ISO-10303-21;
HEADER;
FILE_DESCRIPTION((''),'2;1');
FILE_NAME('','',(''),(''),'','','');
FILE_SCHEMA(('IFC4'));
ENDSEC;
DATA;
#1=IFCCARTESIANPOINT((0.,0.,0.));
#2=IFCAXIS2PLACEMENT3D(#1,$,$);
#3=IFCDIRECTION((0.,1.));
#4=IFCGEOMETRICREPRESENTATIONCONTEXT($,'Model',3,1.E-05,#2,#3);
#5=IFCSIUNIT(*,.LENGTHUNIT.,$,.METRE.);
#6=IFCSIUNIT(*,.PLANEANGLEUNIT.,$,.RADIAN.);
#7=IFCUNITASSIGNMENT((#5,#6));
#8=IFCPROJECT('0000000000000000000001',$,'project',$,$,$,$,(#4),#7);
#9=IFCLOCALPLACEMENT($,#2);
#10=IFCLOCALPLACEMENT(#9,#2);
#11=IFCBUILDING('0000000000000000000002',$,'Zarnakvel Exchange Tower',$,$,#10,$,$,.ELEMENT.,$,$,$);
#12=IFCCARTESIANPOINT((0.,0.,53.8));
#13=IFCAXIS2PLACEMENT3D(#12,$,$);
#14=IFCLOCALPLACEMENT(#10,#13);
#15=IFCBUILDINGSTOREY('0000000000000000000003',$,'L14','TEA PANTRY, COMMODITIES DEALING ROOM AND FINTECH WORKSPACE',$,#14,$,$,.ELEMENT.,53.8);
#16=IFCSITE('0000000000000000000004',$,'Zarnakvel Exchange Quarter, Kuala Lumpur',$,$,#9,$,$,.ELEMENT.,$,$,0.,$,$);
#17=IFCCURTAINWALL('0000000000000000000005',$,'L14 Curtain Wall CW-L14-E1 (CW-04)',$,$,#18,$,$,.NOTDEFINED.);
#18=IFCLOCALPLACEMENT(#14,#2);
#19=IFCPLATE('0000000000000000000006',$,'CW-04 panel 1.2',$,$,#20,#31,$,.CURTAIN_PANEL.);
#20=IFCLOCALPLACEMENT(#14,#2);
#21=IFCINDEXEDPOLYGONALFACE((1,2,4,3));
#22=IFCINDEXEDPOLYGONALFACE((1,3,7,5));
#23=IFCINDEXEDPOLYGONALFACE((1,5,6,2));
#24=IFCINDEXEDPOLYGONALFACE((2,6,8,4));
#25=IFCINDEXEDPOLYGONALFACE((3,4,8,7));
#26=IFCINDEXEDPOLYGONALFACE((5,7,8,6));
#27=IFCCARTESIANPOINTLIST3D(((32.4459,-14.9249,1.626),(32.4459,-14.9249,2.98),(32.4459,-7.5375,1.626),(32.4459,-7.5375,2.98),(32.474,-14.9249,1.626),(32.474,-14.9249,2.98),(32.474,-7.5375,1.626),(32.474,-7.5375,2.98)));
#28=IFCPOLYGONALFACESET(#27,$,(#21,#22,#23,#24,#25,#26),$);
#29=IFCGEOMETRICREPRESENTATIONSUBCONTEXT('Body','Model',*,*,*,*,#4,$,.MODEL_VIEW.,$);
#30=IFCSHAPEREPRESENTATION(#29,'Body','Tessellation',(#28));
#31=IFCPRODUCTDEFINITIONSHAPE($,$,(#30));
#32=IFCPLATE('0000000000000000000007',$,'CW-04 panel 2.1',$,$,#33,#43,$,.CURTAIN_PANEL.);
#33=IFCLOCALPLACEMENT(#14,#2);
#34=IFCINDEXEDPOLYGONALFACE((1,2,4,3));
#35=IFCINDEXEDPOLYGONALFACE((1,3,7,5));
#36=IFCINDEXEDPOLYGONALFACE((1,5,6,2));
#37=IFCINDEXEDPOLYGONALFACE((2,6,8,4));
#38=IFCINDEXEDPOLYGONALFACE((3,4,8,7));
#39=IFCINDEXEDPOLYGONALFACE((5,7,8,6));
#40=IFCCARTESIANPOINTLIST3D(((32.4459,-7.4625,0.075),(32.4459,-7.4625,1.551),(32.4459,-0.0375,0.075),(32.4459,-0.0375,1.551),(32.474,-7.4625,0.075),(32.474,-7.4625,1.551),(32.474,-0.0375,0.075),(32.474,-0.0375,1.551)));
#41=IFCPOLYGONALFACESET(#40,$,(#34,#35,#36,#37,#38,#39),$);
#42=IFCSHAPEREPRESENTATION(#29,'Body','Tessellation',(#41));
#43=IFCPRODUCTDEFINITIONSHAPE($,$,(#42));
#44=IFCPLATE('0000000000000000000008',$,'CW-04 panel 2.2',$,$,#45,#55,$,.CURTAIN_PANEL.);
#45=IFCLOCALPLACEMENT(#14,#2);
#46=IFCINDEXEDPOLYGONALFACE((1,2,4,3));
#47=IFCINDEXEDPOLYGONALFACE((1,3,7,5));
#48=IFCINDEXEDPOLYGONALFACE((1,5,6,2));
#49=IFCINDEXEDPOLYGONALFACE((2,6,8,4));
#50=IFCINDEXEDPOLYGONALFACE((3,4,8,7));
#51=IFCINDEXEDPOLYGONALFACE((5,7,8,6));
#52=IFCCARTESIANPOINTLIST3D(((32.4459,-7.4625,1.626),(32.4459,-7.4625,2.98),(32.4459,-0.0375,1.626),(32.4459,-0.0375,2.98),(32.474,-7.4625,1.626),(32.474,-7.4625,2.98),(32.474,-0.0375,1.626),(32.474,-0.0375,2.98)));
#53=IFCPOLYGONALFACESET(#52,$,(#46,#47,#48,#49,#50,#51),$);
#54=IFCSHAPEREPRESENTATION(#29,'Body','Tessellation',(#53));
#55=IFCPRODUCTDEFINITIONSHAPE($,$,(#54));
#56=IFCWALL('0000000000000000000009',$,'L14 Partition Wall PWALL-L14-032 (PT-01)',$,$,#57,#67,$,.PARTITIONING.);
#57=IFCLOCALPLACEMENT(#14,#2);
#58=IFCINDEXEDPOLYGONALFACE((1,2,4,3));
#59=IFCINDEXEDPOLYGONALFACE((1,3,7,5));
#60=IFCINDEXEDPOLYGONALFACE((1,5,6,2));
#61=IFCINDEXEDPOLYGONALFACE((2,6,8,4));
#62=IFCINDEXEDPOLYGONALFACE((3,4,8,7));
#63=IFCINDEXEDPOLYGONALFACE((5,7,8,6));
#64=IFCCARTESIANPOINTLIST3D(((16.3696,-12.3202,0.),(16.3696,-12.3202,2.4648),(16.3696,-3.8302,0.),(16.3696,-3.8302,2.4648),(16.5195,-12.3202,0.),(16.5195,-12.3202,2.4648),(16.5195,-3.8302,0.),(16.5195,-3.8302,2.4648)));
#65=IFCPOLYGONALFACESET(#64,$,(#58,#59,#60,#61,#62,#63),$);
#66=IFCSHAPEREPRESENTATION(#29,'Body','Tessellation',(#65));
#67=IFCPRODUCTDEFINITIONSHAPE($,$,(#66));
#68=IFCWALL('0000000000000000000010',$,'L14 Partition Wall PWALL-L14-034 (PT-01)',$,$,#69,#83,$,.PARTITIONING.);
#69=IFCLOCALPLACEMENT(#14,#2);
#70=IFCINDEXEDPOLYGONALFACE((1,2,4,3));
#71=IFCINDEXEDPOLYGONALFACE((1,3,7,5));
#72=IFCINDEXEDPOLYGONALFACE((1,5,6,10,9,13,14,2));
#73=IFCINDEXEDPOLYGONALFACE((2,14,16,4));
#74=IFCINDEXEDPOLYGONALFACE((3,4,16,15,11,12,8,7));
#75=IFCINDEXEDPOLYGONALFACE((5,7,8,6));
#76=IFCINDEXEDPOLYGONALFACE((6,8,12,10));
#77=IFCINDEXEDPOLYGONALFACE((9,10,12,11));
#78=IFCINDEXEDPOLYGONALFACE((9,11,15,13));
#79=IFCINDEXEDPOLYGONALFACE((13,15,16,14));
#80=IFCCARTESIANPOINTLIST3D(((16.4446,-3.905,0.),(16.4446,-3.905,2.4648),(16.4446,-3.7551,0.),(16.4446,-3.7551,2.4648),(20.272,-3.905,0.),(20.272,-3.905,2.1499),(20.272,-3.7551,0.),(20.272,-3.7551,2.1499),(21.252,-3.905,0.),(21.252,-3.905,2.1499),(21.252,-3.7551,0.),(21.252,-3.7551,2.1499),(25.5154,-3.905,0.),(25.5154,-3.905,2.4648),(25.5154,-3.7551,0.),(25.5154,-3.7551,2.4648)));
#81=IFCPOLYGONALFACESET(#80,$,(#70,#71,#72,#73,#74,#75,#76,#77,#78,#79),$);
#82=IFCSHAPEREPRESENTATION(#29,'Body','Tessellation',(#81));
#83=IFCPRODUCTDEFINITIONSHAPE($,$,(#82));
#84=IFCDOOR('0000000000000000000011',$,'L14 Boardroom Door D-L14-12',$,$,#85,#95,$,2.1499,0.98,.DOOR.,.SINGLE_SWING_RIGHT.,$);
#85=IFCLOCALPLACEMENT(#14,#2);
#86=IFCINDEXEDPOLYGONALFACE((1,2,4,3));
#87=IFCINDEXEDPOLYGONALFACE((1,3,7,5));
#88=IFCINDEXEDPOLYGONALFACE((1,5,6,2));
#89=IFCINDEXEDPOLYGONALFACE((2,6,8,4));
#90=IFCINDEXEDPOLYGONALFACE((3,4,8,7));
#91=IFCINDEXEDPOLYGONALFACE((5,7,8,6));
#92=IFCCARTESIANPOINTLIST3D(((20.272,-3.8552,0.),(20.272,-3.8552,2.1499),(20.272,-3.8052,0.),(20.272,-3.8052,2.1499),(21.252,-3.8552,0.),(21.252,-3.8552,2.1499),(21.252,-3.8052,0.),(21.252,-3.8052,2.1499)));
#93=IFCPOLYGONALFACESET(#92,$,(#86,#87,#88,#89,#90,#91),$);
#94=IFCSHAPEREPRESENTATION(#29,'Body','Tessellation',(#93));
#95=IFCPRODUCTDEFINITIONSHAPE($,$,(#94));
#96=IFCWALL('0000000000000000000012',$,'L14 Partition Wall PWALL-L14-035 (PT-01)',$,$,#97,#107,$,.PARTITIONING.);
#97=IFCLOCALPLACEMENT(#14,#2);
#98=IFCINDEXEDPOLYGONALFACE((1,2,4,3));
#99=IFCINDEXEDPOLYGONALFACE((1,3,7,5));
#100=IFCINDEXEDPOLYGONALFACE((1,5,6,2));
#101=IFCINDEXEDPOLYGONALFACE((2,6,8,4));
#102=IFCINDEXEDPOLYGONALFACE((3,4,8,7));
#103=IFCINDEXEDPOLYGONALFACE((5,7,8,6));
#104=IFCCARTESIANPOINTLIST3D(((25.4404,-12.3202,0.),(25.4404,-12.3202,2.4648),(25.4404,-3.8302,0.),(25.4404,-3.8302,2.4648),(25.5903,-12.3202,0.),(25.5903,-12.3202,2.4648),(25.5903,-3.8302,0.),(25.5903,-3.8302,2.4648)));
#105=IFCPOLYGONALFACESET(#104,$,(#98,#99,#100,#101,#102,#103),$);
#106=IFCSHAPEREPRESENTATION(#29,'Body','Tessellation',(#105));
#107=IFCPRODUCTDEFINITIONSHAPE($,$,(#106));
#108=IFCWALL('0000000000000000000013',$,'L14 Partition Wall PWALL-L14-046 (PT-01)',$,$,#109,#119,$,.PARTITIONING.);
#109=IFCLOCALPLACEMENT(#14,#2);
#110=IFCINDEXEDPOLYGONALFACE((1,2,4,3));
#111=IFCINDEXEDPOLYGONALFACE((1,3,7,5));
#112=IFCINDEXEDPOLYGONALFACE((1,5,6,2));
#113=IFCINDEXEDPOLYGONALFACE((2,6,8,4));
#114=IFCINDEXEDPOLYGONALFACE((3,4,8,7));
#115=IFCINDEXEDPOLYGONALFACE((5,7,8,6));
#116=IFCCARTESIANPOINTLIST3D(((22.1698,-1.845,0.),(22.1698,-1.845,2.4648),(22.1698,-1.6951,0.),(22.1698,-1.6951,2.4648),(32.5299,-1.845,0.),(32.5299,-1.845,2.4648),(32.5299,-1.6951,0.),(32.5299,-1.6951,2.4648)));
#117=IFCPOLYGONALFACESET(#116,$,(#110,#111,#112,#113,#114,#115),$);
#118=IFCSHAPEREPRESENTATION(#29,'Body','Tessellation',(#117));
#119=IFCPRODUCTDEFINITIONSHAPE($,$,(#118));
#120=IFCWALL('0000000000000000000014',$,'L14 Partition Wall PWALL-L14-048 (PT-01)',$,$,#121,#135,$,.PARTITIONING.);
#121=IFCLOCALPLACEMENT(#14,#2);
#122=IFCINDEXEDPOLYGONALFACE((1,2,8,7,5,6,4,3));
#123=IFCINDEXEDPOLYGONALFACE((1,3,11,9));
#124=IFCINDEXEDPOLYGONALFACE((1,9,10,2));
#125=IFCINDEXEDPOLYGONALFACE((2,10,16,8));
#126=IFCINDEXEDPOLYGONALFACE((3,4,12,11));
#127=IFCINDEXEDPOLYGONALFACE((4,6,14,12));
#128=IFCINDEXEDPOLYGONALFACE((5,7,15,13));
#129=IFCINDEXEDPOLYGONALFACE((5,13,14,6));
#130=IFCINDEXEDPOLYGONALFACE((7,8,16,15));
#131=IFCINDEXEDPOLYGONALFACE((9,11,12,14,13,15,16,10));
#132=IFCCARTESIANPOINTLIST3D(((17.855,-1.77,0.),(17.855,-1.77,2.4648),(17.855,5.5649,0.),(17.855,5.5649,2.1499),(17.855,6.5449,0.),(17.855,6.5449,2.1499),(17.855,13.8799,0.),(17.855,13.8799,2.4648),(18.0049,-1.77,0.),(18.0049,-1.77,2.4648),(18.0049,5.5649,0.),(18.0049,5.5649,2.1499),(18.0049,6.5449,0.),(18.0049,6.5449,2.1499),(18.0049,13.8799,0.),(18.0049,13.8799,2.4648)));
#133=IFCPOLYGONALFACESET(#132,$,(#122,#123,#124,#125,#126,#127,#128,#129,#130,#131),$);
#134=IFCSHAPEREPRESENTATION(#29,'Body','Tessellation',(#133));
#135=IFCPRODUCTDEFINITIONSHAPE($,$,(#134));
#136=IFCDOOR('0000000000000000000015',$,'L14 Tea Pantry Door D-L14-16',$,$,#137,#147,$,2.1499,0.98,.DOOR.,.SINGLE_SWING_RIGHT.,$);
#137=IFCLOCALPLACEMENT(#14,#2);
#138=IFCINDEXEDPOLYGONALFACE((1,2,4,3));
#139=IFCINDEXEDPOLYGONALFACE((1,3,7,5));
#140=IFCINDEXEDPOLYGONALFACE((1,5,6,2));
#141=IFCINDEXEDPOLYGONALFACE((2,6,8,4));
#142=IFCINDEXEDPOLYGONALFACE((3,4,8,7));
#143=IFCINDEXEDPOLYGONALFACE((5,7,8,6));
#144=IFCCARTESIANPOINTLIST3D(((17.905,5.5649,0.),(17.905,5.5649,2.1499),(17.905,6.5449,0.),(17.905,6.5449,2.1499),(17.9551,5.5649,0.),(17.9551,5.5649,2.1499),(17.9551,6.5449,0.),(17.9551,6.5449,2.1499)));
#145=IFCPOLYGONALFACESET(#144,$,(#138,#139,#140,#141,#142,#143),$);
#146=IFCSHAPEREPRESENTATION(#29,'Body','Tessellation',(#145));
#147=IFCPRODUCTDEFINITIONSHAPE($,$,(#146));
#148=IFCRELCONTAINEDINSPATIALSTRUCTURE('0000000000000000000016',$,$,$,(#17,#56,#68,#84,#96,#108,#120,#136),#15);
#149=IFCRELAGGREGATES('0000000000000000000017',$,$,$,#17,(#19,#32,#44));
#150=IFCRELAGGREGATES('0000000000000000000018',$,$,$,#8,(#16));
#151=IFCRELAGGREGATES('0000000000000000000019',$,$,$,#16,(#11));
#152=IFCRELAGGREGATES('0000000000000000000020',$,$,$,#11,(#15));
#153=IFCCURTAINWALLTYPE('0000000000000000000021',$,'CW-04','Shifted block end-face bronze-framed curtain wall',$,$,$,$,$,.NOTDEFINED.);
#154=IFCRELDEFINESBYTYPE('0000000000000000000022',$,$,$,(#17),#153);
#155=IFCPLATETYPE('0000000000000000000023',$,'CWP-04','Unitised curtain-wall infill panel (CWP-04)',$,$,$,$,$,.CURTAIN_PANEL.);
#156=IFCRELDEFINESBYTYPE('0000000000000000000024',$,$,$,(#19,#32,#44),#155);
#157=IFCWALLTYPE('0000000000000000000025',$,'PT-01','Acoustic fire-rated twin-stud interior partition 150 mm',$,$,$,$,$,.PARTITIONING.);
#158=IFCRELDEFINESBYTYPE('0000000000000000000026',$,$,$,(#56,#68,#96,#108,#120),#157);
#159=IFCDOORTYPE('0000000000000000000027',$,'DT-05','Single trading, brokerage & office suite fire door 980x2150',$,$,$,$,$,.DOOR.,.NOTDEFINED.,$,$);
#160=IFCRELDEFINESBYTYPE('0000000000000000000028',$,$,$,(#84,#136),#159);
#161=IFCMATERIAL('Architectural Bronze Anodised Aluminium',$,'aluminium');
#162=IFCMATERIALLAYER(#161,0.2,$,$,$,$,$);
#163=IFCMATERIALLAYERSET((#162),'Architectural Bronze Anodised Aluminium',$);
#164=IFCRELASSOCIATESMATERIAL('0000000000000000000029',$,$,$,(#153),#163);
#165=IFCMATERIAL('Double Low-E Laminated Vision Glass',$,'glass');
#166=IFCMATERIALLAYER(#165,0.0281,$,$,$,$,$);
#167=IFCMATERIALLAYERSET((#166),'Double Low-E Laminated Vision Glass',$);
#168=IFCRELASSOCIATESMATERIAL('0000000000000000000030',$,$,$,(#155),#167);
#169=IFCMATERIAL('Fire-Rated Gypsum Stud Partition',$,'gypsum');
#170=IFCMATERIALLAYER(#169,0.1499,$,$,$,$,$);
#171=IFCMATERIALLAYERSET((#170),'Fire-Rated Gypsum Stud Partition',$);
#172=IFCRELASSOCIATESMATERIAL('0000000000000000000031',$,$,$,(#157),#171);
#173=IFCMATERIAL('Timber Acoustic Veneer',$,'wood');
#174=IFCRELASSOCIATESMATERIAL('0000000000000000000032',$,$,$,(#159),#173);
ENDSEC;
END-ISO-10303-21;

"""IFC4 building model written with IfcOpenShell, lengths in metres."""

from ifc_helpers import new_model, si_unit, direction, frame, frame_2d, origin, origin_2d, place, context, subcontext, project, spatial, rectangle, extrude, source, transform, mapped, material, layer, layer_set, type_object, element, fill, aggregate, save


model = new_model("IFC4")

# Units and contexts
model_context = context("Model", 3, precision=1e-05, world=origin(), true_north=direction((0.0, 1.0)))
body_context = subcontext(model_context, "Body", "Model", "MODEL_VIEW")
ifc_project = project(units=[si_unit("LENGTHUNIT", "METRE"), si_unit("PLANEANGLEUNIT", "RADIAN")], contexts=[model_context])

# Site, building, storey
site_placement = place(None, origin())
site = spatial("IfcSite", under=ifc_project, at=site_placement, Name="Zarnakvel Exchange Quarter, Kuala Lumpur", CompositionType="ELEMENT", RefElevation=0.0)
building_placement = place(site_placement, origin())
building = spatial("IfcBuilding", under=site, at=building_placement, Name="Zarnakvel Exchange Tower", CompositionType="ELEMENT")
storey_placement = place(building_placement, frame((0.0, 0.0, 53.8)))
storey = spatial("IfcBuildingStorey", under=building, at=storey_placement, Name="L14", Description="TEA PANTRY, COMMODITIES DEALING ROOM AND FINTECH WORKSPACE", CompositionType="ELEMENT", Elevation=53.8)

# Curtain wall, plates
ifc_material_1 = material(Name="Architectural Bronze Anodised Aluminium", Category="aluminium")
ifc_layer_1 = layer(ifc_material_1, 0.2)
ifc_layer_set_1 = layer_set([ifc_layer_1], Name="Architectural Bronze Anodised Aluminium")
curtain_wall_type = type_object("IfcCurtainWallType", Name="CW-04", Description="Shifted block end-face bronze-framed curtain wall", PredefinedType="NOTDEFINED", material=ifc_layer_set_1)
curtain_wall_placement = place(storey_placement, origin())
curtain_wall = element("IfcCurtainWall", 1, at=curtain_wall_placement, inside=storey, type_object=curtain_wall_type, Name="L14 Curtain Wall CW-L14-E1 (CW-04)", PredefinedType="NOTDEFINED")
ifc_material_2 = material(Name="Double Low-E Laminated Vision Glass", Category="glass")
ifc_layer_2 = layer(ifc_material_2, 0.0281)
ifc_layer_set_2 = layer_set([ifc_layer_2], Name="Double Low-E Laminated Vision Glass")
plate_type = type_object("IfcPlateType", Name="CWP-04", Description="Unitised curtain-wall infill panel (CWP-04)", PredefinedType="CURTAIN_PANEL", material=ifc_layer_set_2)
shared_shape_1 = source(origin(), body_context, "Body", "SweptSolid", [
    extrude(rectangle(XDim=7.3875, YDim=0.0281, at=origin_2d()), origin(), (0.0, 0.0, 1.0), 1.354),
])
plate_1_placement = place(storey_placement, frame((32.46, -11.2312, 1.626), z_axis=(0.0, 0.0, 1.0), x_axis=(0.0, 1.0, 0.0)))
plate_1 = element("IfcPlate", 2, at=plate_1_placement, type_object=plate_type, Name="CW-04 panel 1.2", PredefinedType="CURTAIN_PANEL", context=body_context, shape_type="MappedRepresentation", body=[
    mapped(shared_shape_1, transform((0.0, 0.0, 0.0), x_axis=(1.0, 0.0, 0.0), y_axis=(0.0, 1.0, 0.0), z_axis=(0.0, 0.0, 1.0), scale=1.0)),
])
shared_shape_2 = source(origin(), body_context, "Body", "SweptSolid", [
    extrude(rectangle(XDim=7.425, YDim=0.0281, at=origin_2d()), origin(), (0.0, 0.0, 1.0), 1.4761),
])
plate_2_placement = place(storey_placement, frame((32.46, -3.75, 0.075), z_axis=(0.0, 0.0, 1.0), x_axis=(0.0, 1.0, 0.0)))
plate_2 = element("IfcPlate", 3, at=plate_2_placement, type_object=plate_type, Name="CW-04 panel 2.1", PredefinedType="CURTAIN_PANEL", context=body_context, shape_type="MappedRepresentation", body=[
    mapped(shared_shape_2, transform((0.0, 0.0, 0.0), x_axis=(1.0, 0.0, 0.0), y_axis=(0.0, 1.0, 0.0), z_axis=(0.0, 0.0, 1.0), scale=1.0)),
])
shared_shape_3 = source(origin(), body_context, "Body", "SweptSolid", [
    extrude(rectangle(XDim=7.425, YDim=0.0281, at=origin_2d()), origin(), (0.0, 0.0, 1.0), 1.354),
])
plate_3_placement = place(storey_placement, frame((32.46, -3.75, 1.626), z_axis=(0.0, 0.0, 1.0), x_axis=(0.0, 1.0, 0.0)))
plate_3 = element("IfcPlate", 4, at=plate_3_placement, type_object=plate_type, Name="CW-04 panel 2.2", PredefinedType="CURTAIN_PANEL", context=body_context, shape_type="MappedRepresentation", body=[
    mapped(shared_shape_3, transform((0.0, 0.0, 0.0), x_axis=(1.0, 0.0, 0.0), y_axis=(0.0, 1.0, 0.0), z_axis=(0.0, 0.0, 1.0), scale=1.0)),
])
aggregate(curtain_wall, [plate_1, plate_2, plate_3])

# Wall
ifc_material_3 = material(Name="Fire-Rated Gypsum Stud Partition", Category="gypsum")
ifc_layer_3 = layer(ifc_material_3, 0.1499)
ifc_layer_set_3 = layer_set([ifc_layer_3], Name="Fire-Rated Gypsum Stud Partition")
wall_type = type_object("IfcWallType", Name="PT-01", Description="Acoustic fire-rated twin-stud interior partition 150 mm", PredefinedType="PARTITIONING", material=ifc_layer_set_3)
wall_1_placement = place(storey_placement, frame((16.4446, -3.8301, 0.0), z_axis=(0.0, 0.0, 1.0), x_axis=(0.0, -1.0, 0.0)))
element("IfcWall", 5, at=wall_1_placement, inside=storey, type_object=wall_type, Name="L14 Partition Wall PWALL-L14-032 (PT-01)", PredefinedType="PARTITIONING", context=body_context, shape_type="SweptSolid", body=[
    extrude(rectangle(XDim=8.49, YDim=0.1499, at=frame_2d((4.2451, 0.0))), origin(), (0.0, 0.0, 1.0), 2.4648),
])

# Wall, opening, door
wall_2_placement = place(storey_placement, frame((16.4446, -3.8301, 0.0), z_axis=(0.0, 0.0, 1.0), x_axis=(1.0, 0.0, 0.0)))
wall_2 = element("IfcWall", 6, at=wall_2_placement, inside=storey, type_object=wall_type, Name="L14 Partition Wall PWALL-L14-034 (PT-01)", PredefinedType="PARTITIONING", context=body_context, shape_type="SweptSolid", body=[
    extrude(rectangle(XDim=9.0708, YDim=0.1499, at=frame_2d((4.5354, 0.0))), origin(), (0.0, 0.0, 1.0), 2.4648),
])
opening_1_placement = place(wall_2_placement, frame((3.8274, 0.0, 0.0)))
opening_1 = element("IfcOpeningElement", 7, at=opening_1_placement, cuts=wall_2, PredefinedType="OPENING", context=body_context, shape_type="SweptSolid", body=[
    extrude(rectangle(XDim=0.98, YDim=2.1499, at=frame_2d((0.49, 1.075))), frame((0.0, 0.085, 0.0), z_axis=(0.0, -1.0, 0.0), x_axis=(1.0, 0.0, 0.0)), (0.0, 0.0, 1.0), 0.1699),
])
ifc_material_4 = material(Name="Timber Acoustic Veneer", Category="wood")
door_type = type_object("IfcDoorType", Name="DT-05", Description="Single trading, brokerage & office suite fire door 980x2150", OperationType="NOTDEFINED", PredefinedType="DOOR", material=ifc_material_4)
shared_shape_4 = source(origin(), body_context, "Body", "SweptSolid", [
    extrude(rectangle(XDim=0.98, YDim=2.1499, at=frame_2d((0.49, 1.075))), frame((0.0, 0.0249, 0.0), z_axis=(0.0, -1.0, 0.0), x_axis=(1.0, 0.0, 0.0)), (0.0, 0.0, 1.0), 0.05),
])
door_1_placement = place(opening_1_placement, origin())
door_1 = element("IfcDoor", 8, at=door_1_placement, inside=storey, type_object=door_type, Name="L14 Boardroom Door D-L14-12", OperationType="SINGLE_SWING_RIGHT", OverallHeight=2.1499, OverallWidth=0.98, PredefinedType="DOOR", context=body_context, shape_type="MappedRepresentation", body=[
    mapped(shared_shape_4, transform((0.0, 0.0, 0.0), x_axis=(1.0, 0.0, 0.0), y_axis=(0.0, 1.0, 0.0), z_axis=(0.0, 0.0, 1.0), scale=1.0)),
])
fill(opening_1, door_1)

# Walls
wall_3_placement = place(storey_placement, frame((25.5154, -3.8301, 0.0), z_axis=(0.0, 0.0, 1.0), x_axis=(0.0, -1.0, 0.0)))
element("IfcWall", 9, at=wall_3_placement, inside=storey, type_object=wall_type, Name="L14 Partition Wall PWALL-L14-035 (PT-01)", PredefinedType="PARTITIONING", context=body_context, shape_type="SweptSolid", body=[
    extrude(rectangle(XDim=8.49, YDim=0.1499, at=frame_2d((4.2451, 0.0))), origin(), (0.0, 0.0, 1.0), 2.4648),
])
wall_4_placement = place(storey_placement, frame((32.53, -1.77, 0.0), z_axis=(0.0, 0.0, 1.0), x_axis=(-1.0, 0.0, 0.0)))
element("IfcWall", 10, at=wall_4_placement, inside=storey, type_object=wall_type, Name="L14 Partition Wall PWALL-L14-046 (PT-01)", PredefinedType="PARTITIONING", context=body_context, shape_type="SweptSolid", body=[
    extrude(rectangle(XDim=10.3601, YDim=0.1499, at=frame_2d((5.1802, 0.0))), origin(), (0.0, 0.0, 1.0), 2.4648),
])

# Wall, opening, door
wall_5_placement = place(storey_placement, frame((17.9299, -1.77, 0.0), z_axis=(0.0, 0.0, 1.0), x_axis=(0.0, 1.0, 0.0)))
wall_5 = element("IfcWall", 11, at=wall_5_placement, inside=storey, type_object=wall_type, Name="L14 Partition Wall PWALL-L14-048 (PT-01)", PredefinedType="PARTITIONING", context=body_context, shape_type="SweptSolid", body=[
    extrude(rectangle(XDim=15.6499, YDim=0.1499, at=frame_2d((7.825, 0.0))), origin(), (0.0, 0.0, 1.0), 2.4648),
])
opening_2_placement = place(wall_5_placement, frame((7.335, 0.0, 0.0)))
opening_2 = element("IfcOpeningElement", 12, at=opening_2_placement, cuts=wall_5, PredefinedType="OPENING", context=body_context, shape_type="SweptSolid", body=[
    extrude(rectangle(XDim=0.98, YDim=2.1499, at=frame_2d((0.49, 1.075))), frame((0.0, 0.085, 0.0), z_axis=(0.0, -1.0, 0.0), x_axis=(1.0, 0.0, 0.0)), (0.0, 0.0, 1.0), 0.1699),
])
door_2_placement = place(opening_2_placement, origin())
door_2 = element("IfcDoor", 13, at=door_2_placement, inside=storey, type_object=door_type, Name="L14 Tea Pantry Door D-L14-16", OperationType="SINGLE_SWING_RIGHT", OverallHeight=2.1499, OverallWidth=0.98, PredefinedType="DOOR", context=body_context, shape_type="MappedRepresentation", body=[
    mapped(shared_shape_4, transform((0.0, 0.0, 0.0), x_axis=(1.0, 0.0, 0.0), y_axis=(0.0, 1.0, 0.0), z_axis=(0.0, 0.0, 1.0), scale=1.0)),
])
fill(opening_2, door_2)

save(model, "model.ifc")
